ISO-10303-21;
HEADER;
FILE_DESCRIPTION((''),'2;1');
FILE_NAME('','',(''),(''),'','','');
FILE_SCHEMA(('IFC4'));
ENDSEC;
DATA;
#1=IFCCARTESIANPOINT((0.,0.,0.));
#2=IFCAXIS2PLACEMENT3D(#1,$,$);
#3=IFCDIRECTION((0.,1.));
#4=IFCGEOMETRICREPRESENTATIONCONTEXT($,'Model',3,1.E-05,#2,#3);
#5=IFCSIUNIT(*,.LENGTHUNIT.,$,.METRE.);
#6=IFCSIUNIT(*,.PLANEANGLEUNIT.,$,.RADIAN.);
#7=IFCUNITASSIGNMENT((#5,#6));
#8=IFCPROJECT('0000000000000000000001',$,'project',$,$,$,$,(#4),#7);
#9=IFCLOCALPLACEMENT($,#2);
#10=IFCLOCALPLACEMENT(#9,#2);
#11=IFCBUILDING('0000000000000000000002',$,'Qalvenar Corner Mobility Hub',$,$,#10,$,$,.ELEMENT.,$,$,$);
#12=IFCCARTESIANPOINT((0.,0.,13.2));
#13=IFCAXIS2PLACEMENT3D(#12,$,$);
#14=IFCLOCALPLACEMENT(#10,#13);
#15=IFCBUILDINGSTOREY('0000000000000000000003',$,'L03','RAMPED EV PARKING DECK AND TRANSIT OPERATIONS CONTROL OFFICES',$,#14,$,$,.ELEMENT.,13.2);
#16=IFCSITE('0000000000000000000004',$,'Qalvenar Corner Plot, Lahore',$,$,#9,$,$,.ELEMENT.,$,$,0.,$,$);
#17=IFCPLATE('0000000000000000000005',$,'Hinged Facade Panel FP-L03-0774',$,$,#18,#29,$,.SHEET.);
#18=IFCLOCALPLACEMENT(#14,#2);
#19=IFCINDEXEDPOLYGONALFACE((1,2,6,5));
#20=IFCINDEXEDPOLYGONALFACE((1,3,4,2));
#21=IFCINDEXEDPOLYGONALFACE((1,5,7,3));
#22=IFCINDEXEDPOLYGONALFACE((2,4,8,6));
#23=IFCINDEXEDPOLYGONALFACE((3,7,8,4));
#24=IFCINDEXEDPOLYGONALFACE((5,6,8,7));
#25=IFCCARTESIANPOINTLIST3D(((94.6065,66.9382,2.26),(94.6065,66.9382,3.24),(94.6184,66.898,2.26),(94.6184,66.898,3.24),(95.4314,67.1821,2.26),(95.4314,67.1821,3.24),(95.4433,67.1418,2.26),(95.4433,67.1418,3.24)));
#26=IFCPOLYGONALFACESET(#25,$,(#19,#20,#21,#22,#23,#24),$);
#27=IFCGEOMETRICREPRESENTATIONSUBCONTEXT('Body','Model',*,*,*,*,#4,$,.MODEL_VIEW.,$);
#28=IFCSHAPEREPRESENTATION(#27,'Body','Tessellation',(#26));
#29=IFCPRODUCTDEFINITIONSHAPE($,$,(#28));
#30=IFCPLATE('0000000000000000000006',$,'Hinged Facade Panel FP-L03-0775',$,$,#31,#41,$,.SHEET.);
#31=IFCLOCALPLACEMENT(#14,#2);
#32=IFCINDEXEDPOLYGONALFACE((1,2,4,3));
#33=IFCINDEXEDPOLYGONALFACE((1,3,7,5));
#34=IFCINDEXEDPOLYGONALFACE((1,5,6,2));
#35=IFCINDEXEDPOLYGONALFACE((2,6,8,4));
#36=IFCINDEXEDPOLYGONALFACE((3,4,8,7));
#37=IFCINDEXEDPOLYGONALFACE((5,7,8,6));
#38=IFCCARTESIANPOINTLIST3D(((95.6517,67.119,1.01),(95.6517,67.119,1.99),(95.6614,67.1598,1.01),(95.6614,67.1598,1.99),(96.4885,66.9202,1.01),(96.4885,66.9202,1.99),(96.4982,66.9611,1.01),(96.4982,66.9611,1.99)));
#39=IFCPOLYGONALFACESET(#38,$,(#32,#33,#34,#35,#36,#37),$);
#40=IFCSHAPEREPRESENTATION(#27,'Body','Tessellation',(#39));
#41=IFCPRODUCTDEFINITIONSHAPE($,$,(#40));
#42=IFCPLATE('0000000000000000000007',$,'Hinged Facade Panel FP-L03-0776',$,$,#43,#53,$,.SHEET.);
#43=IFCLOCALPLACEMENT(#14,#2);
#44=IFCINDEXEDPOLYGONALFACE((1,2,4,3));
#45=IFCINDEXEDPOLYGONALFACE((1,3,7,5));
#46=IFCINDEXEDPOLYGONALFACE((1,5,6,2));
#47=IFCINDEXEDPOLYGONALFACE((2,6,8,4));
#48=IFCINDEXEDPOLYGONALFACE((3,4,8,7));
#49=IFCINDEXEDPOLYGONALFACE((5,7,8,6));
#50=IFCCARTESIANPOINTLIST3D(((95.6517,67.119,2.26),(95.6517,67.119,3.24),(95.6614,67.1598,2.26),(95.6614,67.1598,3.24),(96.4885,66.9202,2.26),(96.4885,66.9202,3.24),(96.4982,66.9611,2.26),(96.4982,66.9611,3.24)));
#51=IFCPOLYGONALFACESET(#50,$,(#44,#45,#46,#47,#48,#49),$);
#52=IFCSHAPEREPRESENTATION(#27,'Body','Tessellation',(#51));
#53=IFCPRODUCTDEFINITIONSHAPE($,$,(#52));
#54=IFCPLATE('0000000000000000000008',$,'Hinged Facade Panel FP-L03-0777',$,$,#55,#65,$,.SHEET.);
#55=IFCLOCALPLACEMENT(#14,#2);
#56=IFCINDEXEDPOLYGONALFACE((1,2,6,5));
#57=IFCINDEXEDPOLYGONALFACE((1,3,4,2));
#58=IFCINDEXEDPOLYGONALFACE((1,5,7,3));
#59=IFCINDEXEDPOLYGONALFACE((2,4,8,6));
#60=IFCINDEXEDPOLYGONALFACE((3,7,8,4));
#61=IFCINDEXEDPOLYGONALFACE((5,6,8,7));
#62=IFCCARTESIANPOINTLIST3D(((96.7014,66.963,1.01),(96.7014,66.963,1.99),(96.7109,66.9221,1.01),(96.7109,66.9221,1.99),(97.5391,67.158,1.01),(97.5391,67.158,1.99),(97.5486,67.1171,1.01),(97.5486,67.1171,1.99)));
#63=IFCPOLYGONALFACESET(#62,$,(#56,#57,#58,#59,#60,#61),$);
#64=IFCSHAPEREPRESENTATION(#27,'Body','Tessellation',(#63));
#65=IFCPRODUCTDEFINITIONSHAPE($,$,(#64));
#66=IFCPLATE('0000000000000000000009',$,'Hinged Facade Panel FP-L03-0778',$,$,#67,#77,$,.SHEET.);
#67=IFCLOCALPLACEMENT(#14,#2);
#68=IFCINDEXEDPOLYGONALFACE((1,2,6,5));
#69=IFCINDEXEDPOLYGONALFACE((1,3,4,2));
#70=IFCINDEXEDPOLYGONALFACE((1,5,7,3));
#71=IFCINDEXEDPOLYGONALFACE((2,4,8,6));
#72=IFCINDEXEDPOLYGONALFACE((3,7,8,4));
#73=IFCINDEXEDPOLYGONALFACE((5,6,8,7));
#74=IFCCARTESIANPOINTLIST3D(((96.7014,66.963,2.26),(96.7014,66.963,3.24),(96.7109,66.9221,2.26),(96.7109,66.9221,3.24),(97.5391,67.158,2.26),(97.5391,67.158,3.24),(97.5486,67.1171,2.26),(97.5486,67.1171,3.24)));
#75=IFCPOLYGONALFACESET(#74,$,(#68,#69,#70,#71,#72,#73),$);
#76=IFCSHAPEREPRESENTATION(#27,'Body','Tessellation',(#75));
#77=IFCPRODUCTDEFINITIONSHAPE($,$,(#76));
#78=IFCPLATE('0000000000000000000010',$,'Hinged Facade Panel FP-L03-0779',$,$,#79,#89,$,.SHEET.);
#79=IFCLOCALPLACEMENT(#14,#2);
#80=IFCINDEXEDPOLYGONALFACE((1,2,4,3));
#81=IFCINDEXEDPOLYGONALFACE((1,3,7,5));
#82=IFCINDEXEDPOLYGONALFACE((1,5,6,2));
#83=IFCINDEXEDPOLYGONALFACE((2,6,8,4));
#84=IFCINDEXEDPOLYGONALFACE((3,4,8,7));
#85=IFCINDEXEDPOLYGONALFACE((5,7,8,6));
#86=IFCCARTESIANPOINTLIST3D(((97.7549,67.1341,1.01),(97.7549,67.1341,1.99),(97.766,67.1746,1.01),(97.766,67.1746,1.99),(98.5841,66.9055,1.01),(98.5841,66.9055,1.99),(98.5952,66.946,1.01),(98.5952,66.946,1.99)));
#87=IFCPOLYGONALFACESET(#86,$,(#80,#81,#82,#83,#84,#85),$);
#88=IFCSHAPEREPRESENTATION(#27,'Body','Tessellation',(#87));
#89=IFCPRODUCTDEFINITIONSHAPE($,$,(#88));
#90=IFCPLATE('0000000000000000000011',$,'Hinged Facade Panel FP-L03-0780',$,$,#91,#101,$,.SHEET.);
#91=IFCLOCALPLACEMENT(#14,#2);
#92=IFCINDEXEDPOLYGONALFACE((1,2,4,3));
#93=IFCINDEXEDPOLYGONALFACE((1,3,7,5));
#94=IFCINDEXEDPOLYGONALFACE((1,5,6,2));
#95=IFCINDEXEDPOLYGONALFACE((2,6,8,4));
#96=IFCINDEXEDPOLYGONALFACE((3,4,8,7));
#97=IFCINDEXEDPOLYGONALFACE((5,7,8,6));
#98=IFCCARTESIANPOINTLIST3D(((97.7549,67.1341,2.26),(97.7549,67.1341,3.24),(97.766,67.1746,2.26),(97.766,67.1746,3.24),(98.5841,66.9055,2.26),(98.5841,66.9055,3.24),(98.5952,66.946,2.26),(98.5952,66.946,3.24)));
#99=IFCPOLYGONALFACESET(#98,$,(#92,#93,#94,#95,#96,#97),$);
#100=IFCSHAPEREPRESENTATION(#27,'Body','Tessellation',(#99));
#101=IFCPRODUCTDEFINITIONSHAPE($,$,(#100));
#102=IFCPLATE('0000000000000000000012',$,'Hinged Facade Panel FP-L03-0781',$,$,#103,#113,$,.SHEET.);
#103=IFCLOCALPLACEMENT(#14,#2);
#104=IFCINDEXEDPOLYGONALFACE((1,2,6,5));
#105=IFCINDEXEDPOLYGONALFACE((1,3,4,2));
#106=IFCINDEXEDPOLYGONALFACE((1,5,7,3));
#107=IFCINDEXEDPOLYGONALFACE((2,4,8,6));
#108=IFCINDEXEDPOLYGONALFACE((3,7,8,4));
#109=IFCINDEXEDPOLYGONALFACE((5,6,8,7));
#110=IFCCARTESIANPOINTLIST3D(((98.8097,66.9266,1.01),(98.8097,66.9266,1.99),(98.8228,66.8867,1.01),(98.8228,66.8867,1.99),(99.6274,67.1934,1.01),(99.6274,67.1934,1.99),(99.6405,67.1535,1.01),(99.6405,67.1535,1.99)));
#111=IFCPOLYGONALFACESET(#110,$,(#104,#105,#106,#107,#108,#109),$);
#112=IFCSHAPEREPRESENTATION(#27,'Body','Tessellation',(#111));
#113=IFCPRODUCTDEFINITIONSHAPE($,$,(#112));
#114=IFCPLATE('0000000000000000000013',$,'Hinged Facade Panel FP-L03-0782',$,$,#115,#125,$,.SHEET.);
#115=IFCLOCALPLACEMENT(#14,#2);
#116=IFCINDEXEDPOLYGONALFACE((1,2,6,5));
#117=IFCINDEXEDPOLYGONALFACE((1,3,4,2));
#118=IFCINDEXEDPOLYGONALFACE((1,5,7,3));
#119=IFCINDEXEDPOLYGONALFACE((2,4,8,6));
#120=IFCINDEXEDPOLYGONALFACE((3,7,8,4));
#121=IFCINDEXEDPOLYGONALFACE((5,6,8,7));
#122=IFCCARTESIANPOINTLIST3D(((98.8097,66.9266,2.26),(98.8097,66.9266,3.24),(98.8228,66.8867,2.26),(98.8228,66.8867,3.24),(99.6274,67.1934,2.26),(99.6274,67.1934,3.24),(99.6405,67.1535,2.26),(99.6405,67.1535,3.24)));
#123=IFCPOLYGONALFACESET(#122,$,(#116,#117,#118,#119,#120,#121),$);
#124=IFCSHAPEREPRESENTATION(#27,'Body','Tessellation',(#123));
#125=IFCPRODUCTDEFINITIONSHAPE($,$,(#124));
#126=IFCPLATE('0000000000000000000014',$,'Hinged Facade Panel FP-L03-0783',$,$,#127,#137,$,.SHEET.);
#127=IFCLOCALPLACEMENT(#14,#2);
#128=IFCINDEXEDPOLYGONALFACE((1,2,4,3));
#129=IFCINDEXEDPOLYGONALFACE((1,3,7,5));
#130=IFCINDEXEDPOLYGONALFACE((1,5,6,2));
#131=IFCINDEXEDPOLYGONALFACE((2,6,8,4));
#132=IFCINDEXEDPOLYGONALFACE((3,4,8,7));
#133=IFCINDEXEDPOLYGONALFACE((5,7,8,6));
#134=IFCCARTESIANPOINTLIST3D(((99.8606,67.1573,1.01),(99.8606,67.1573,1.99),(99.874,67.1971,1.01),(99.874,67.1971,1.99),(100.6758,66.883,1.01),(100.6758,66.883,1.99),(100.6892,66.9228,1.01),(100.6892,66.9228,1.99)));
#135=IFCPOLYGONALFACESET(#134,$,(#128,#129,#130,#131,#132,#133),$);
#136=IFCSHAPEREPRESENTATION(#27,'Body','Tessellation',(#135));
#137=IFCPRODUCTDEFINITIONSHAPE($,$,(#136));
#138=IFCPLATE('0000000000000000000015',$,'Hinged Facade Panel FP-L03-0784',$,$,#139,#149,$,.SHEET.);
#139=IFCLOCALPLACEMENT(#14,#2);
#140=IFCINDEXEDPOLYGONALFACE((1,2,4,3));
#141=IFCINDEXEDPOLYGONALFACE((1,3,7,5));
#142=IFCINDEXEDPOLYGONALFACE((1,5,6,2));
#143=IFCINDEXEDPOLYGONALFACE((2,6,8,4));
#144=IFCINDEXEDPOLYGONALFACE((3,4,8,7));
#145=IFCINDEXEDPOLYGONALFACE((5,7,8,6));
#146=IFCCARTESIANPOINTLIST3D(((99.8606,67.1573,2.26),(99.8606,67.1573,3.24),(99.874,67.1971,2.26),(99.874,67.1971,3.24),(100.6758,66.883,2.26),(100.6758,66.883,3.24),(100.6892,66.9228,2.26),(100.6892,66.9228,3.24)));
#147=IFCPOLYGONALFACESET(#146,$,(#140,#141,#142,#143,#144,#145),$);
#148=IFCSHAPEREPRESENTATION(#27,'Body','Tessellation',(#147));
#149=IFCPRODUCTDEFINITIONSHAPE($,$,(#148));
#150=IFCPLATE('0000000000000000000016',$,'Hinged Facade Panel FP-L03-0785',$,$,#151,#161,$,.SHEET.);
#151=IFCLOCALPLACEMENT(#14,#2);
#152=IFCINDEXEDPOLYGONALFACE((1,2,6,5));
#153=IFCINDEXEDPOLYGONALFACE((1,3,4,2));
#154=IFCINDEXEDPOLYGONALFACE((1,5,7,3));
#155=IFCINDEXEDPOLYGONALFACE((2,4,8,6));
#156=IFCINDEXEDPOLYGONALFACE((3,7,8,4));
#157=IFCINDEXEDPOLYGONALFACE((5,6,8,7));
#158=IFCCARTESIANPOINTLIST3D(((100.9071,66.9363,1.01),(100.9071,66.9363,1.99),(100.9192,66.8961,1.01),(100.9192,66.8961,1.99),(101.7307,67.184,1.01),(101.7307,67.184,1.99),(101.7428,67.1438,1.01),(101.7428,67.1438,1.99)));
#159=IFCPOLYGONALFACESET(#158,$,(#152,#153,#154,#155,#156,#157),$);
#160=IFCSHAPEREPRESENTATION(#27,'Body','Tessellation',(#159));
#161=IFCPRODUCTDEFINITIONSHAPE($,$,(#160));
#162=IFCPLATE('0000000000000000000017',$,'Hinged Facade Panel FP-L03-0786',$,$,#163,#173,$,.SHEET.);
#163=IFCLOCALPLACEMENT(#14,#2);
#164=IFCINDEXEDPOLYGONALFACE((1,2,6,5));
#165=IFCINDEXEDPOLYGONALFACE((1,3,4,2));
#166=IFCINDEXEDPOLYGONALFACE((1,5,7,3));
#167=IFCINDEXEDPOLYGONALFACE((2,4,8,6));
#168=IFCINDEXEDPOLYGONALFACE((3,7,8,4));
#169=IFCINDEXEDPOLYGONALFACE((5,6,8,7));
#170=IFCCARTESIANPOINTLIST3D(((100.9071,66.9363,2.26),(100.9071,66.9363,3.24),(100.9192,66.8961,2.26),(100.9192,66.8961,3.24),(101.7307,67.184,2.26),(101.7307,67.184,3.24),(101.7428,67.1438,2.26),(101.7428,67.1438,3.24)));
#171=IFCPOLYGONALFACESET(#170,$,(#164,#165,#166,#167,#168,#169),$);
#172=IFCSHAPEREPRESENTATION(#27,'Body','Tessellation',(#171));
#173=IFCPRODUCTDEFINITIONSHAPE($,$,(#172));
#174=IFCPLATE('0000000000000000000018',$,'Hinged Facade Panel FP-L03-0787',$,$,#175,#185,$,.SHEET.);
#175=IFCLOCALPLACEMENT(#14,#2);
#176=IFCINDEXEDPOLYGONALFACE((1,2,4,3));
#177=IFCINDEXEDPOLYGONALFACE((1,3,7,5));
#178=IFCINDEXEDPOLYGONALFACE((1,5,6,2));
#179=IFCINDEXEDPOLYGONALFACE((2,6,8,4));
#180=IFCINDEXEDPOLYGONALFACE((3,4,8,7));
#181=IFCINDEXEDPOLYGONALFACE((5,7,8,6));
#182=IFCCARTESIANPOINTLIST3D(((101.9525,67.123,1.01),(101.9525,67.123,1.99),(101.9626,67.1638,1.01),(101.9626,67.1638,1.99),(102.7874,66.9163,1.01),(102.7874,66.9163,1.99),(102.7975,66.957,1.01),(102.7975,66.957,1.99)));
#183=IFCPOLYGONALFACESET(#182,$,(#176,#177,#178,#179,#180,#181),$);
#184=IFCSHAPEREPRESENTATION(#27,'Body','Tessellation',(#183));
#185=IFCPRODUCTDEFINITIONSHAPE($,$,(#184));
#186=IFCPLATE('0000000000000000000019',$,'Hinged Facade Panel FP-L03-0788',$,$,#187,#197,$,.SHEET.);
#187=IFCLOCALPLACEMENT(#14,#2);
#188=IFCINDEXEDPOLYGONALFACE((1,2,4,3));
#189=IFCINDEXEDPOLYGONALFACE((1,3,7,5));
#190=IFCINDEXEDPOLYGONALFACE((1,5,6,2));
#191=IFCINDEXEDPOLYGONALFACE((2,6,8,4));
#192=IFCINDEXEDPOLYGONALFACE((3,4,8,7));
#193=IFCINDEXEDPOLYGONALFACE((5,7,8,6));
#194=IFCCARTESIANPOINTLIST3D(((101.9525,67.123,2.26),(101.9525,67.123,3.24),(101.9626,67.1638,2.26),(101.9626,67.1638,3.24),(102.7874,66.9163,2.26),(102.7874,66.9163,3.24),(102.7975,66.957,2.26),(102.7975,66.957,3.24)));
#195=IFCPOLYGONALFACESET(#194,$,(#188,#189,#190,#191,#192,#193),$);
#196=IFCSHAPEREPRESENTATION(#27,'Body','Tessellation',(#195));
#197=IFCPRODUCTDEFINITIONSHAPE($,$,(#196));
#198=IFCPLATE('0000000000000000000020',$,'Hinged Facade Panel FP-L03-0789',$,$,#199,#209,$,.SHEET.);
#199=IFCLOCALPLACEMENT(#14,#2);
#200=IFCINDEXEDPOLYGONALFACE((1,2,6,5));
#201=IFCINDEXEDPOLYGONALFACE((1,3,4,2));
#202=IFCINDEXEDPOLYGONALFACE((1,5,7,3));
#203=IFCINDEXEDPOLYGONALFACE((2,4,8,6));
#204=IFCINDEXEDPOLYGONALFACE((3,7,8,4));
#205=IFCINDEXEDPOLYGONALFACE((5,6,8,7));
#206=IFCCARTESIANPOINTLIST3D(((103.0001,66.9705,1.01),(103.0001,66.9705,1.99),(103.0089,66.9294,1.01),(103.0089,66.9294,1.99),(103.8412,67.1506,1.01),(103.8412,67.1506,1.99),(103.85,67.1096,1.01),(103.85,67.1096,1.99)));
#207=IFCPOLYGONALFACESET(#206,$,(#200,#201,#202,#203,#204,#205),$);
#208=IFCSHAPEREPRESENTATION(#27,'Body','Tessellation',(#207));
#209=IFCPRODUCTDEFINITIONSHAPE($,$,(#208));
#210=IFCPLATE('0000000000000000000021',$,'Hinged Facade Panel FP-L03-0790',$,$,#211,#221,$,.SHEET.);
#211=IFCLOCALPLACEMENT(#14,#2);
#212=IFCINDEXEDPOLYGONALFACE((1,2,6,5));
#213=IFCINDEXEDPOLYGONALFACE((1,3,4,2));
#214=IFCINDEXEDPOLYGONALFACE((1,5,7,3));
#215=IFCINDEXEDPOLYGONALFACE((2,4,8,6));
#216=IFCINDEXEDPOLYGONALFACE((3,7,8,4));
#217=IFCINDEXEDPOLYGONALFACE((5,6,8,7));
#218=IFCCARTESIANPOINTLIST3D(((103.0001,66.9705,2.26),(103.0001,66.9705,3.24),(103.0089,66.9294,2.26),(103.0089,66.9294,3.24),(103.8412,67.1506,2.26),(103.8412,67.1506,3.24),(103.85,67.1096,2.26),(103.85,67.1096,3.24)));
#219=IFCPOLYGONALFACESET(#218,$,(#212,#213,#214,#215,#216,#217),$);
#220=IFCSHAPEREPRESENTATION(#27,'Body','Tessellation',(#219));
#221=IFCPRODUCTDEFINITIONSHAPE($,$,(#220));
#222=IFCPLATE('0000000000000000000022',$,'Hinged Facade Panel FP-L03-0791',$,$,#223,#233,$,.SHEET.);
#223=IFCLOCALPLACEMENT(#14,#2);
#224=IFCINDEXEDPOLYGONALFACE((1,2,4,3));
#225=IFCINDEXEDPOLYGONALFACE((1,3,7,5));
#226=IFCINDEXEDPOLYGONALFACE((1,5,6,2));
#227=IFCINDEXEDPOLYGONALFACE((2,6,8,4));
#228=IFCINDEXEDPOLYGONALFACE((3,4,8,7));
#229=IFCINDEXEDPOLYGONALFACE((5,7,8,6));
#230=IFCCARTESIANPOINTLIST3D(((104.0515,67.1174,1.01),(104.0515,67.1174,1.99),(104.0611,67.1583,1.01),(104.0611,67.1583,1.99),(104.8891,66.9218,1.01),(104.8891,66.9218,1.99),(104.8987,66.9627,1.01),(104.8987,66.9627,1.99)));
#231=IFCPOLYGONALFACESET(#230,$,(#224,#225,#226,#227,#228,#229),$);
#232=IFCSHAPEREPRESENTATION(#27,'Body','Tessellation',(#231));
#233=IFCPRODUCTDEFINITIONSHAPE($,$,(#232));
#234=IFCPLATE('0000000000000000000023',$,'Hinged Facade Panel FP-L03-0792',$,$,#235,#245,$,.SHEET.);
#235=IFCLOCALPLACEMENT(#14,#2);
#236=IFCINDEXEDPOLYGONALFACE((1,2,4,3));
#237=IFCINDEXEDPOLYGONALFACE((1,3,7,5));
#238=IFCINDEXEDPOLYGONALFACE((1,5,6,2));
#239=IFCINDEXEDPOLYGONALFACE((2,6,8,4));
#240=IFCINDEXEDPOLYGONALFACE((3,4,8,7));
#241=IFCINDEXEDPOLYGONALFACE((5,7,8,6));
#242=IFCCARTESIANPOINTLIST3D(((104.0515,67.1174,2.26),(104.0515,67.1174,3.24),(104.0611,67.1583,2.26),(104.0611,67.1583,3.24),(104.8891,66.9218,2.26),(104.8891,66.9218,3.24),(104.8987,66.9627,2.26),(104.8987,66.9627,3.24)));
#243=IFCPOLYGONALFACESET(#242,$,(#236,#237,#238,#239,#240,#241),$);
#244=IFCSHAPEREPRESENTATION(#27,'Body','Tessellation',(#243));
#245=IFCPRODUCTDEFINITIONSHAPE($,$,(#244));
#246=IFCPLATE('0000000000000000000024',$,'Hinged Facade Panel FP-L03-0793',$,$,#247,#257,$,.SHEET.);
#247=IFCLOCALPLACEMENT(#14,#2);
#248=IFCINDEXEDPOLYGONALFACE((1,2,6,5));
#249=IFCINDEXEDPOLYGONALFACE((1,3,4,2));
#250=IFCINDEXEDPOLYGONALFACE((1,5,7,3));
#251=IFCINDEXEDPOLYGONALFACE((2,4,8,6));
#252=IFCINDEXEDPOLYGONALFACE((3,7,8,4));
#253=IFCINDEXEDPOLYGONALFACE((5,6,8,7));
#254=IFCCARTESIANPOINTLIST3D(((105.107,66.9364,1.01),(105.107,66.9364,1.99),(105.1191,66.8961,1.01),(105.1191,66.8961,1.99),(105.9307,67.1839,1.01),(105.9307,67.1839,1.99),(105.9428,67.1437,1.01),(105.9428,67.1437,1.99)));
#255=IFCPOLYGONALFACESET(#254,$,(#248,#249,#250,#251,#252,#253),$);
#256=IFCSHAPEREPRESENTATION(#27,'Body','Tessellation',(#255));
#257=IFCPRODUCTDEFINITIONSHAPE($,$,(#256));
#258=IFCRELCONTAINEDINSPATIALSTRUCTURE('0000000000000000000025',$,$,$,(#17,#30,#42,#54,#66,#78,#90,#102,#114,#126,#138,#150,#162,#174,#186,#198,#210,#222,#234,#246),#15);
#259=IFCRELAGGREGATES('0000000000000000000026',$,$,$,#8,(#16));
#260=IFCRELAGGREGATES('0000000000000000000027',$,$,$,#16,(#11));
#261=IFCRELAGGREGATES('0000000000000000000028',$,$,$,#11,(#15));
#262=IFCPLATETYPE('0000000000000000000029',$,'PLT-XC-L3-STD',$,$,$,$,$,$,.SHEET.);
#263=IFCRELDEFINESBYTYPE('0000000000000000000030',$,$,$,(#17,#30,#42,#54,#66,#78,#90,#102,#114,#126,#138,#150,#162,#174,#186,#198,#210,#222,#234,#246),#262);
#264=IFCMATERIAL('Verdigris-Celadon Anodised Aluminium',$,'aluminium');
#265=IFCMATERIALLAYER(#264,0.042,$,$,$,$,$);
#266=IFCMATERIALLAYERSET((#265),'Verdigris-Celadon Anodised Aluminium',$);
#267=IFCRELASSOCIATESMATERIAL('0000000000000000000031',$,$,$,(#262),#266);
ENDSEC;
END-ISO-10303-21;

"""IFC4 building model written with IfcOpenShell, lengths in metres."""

from ifc_helpers import new_model, si_unit, direction, frame, origin, origin_2d, place, context, subcontext, project, spatial, rectangle, extrude, material, layer, layer_set, type_object, element, save


model = new_model("IFC4")

# Units and contexts
model_context = context("Model", 3, precision=1e-05, world=origin(), true_north=direction((0.0, 1.0)))
body_context = subcontext(model_context, "Body", "Model", "MODEL_VIEW")
ifc_project = project(units=[si_unit("LENGTHUNIT", "METRE"), si_unit("PLANEANGLEUNIT", "RADIAN")], contexts=[model_context])

# Site, building, storey
site_placement = place(None, origin())
site = spatial("IfcSite", under=ifc_project, at=site_placement, Name="Qalvenar Corner Plot, Lahore", CompositionType="ELEMENT", RefElevation=0.0)
building_placement = place(site_placement, origin())
building = spatial("IfcBuilding", under=site, at=building_placement, Name="Qalvenar Corner Mobility Hub", CompositionType="ELEMENT")
storey_placement = place(building_placement, frame((0.0, 0.0, 13.2)))
storey = spatial("IfcBuildingStorey", under=building, at=storey_placement, Name="L03", Description="RAMPED EV PARKING DECK AND TRANSIT OPERATIONS CONTROL OFFICES", CompositionType="ELEMENT", Elevation=13.2)

# Plates
ifc_material = material(Name="Verdigris-Celadon Anodised Aluminium", Category="aluminium")
ifc_layer = layer(ifc_material, 0.042)
ifc_layer_set = layer_set([ifc_layer], Name="Verdigris-Celadon Anodised Aluminium")
plate_type = type_object("IfcPlateType", Name="PLT-XC-L3-STD", PredefinedType="SHEET", material=ifc_layer_set)
for number, where, z_axis, x_axis, name in (
    (1, (95.0249, 67.04, 2.26), (0.0, 0.0, 1.0), (0.958968, 0.283513, 0.0), "Hinged Facade Panel FP-L03-0774"),
    (2, (96.075, 67.04, 1.01), (0.0, 0.0, 1.0), (0.972937, -0.231069, 0.0), "Hinged Facade Panel FP-L03-0775"),
    (3, (96.075, 67.04, 2.26), (0.0, 0.0, 1.0), (0.972937, -0.231069, 0.0), "Hinged Facade Panel FP-L03-0776"),
    (4, (97.125, 67.04, 1.01), (0.0, 0.0, 1.0), (0.973976, 0.226651, 0.0), "Hinged Facade Panel FP-L03-0777"),
    (5, (97.125, 67.04, 2.26), (0.0, 0.0, 1.0), (0.973976, 0.226651, 0.0), "Hinged Facade Panel FP-L03-0778"),
    (6, (98.175, 67.04, 1.01), (0.0, 0.0, 1.0), (0.964049, -0.265724, 0.0), "Hinged Facade Panel FP-L03-0779"),
    (7, (98.175, 67.04, 2.26), (0.0, 0.0, 1.0), (0.964049, -0.265724, 0.0), "Hinged Facade Panel FP-L03-0780"),
    (8, (99.2251, 67.04, 1.01), (0.0, 0.0, 1.0), (0.950678, 0.310179, 0.0), "Hinged Facade Panel FP-L03-0781"),
    (9, (99.2251, 67.04, 2.26), (0.0, 0.0, 1.0), (0.950678, 0.310179, 0.0), "Hinged Facade Panel FP-L03-0782"),
    (10, (100.2749, 67.04, 1.01), (0.0, 0.0, 1.0), (0.947768, -0.318959, 0.0), "Hinged Facade Panel FP-L03-0783"),
    (11, (100.2749, 67.04, 2.26), (0.0, 0.0, 1.0), (0.947768, -0.318959, 0.0), "Hinged Facade Panel FP-L03-0784"),
    (12, (101.325, 67.04, 1.01), (0.0, 0.0, 1.0), (0.957622, 0.288029, 0.0), "Hinged Facade Panel FP-L03-0785"),
    (13, (101.325, 67.04, 2.26), (0.0, 0.0, 1.0), (0.957622, 0.288029, 0.0), "Hinged Facade Panel FP-L03-0786"),
    (14, (102.375, 67.04, 1.01), (0.0, 0.0, 1.0), (0.970675, -0.240397, 0.0), "Hinged Facade Panel FP-L03-0787"),
    (15, (102.375, 67.04, 2.26), (0.0, 0.0, 1.0), (0.970675, -0.240397, 0.0), "Hinged Facade Panel FP-L03-0788"),
    (16, (103.425, 67.04, 1.01), (0.0, 0.0, 1.0), (0.97782, 0.209448, 0.0), "Hinged Facade Panel FP-L03-0789"),
    (17, (103.425, 67.04, 2.26), (0.0, 0.0, 1.0), (0.97782, 0.209448, 0.0), "Hinged Facade Panel FP-L03-0790"),
    (18, (104.4751, 67.04, 1.01), (0.0, 0.0, 1.0), (0.973817, -0.227331, 0.0), "Hinged Facade Panel FP-L03-0791"),
    (19, (104.4751, 67.04, 2.26), (0.0, 0.0, 1.0), (0.973817, -0.227331, 0.0), "Hinged Facade Panel FP-L03-0792"),
    (20, (105.5249, 67.04, 1.01), (0.0, 0.0, 1.0), (0.957672, 0.287862, 0.0), "Hinged Facade Panel FP-L03-0793"),
):
    element("IfcPlate", number, at=place(storey_placement, frame(where, z_axis=z_axis, x_axis=x_axis)), inside=storey, type_object=plate_type, Name=name, PredefinedType="SHEET", context=body_context, shape_type="SweptSolid", body=[
        extrude(rectangle(XDim=0.8601, YDim=0.042, at=origin_2d()), origin(), (0.0, 0.0, 1.0), 0.98),
    ])

save(model, "model.ifc")
